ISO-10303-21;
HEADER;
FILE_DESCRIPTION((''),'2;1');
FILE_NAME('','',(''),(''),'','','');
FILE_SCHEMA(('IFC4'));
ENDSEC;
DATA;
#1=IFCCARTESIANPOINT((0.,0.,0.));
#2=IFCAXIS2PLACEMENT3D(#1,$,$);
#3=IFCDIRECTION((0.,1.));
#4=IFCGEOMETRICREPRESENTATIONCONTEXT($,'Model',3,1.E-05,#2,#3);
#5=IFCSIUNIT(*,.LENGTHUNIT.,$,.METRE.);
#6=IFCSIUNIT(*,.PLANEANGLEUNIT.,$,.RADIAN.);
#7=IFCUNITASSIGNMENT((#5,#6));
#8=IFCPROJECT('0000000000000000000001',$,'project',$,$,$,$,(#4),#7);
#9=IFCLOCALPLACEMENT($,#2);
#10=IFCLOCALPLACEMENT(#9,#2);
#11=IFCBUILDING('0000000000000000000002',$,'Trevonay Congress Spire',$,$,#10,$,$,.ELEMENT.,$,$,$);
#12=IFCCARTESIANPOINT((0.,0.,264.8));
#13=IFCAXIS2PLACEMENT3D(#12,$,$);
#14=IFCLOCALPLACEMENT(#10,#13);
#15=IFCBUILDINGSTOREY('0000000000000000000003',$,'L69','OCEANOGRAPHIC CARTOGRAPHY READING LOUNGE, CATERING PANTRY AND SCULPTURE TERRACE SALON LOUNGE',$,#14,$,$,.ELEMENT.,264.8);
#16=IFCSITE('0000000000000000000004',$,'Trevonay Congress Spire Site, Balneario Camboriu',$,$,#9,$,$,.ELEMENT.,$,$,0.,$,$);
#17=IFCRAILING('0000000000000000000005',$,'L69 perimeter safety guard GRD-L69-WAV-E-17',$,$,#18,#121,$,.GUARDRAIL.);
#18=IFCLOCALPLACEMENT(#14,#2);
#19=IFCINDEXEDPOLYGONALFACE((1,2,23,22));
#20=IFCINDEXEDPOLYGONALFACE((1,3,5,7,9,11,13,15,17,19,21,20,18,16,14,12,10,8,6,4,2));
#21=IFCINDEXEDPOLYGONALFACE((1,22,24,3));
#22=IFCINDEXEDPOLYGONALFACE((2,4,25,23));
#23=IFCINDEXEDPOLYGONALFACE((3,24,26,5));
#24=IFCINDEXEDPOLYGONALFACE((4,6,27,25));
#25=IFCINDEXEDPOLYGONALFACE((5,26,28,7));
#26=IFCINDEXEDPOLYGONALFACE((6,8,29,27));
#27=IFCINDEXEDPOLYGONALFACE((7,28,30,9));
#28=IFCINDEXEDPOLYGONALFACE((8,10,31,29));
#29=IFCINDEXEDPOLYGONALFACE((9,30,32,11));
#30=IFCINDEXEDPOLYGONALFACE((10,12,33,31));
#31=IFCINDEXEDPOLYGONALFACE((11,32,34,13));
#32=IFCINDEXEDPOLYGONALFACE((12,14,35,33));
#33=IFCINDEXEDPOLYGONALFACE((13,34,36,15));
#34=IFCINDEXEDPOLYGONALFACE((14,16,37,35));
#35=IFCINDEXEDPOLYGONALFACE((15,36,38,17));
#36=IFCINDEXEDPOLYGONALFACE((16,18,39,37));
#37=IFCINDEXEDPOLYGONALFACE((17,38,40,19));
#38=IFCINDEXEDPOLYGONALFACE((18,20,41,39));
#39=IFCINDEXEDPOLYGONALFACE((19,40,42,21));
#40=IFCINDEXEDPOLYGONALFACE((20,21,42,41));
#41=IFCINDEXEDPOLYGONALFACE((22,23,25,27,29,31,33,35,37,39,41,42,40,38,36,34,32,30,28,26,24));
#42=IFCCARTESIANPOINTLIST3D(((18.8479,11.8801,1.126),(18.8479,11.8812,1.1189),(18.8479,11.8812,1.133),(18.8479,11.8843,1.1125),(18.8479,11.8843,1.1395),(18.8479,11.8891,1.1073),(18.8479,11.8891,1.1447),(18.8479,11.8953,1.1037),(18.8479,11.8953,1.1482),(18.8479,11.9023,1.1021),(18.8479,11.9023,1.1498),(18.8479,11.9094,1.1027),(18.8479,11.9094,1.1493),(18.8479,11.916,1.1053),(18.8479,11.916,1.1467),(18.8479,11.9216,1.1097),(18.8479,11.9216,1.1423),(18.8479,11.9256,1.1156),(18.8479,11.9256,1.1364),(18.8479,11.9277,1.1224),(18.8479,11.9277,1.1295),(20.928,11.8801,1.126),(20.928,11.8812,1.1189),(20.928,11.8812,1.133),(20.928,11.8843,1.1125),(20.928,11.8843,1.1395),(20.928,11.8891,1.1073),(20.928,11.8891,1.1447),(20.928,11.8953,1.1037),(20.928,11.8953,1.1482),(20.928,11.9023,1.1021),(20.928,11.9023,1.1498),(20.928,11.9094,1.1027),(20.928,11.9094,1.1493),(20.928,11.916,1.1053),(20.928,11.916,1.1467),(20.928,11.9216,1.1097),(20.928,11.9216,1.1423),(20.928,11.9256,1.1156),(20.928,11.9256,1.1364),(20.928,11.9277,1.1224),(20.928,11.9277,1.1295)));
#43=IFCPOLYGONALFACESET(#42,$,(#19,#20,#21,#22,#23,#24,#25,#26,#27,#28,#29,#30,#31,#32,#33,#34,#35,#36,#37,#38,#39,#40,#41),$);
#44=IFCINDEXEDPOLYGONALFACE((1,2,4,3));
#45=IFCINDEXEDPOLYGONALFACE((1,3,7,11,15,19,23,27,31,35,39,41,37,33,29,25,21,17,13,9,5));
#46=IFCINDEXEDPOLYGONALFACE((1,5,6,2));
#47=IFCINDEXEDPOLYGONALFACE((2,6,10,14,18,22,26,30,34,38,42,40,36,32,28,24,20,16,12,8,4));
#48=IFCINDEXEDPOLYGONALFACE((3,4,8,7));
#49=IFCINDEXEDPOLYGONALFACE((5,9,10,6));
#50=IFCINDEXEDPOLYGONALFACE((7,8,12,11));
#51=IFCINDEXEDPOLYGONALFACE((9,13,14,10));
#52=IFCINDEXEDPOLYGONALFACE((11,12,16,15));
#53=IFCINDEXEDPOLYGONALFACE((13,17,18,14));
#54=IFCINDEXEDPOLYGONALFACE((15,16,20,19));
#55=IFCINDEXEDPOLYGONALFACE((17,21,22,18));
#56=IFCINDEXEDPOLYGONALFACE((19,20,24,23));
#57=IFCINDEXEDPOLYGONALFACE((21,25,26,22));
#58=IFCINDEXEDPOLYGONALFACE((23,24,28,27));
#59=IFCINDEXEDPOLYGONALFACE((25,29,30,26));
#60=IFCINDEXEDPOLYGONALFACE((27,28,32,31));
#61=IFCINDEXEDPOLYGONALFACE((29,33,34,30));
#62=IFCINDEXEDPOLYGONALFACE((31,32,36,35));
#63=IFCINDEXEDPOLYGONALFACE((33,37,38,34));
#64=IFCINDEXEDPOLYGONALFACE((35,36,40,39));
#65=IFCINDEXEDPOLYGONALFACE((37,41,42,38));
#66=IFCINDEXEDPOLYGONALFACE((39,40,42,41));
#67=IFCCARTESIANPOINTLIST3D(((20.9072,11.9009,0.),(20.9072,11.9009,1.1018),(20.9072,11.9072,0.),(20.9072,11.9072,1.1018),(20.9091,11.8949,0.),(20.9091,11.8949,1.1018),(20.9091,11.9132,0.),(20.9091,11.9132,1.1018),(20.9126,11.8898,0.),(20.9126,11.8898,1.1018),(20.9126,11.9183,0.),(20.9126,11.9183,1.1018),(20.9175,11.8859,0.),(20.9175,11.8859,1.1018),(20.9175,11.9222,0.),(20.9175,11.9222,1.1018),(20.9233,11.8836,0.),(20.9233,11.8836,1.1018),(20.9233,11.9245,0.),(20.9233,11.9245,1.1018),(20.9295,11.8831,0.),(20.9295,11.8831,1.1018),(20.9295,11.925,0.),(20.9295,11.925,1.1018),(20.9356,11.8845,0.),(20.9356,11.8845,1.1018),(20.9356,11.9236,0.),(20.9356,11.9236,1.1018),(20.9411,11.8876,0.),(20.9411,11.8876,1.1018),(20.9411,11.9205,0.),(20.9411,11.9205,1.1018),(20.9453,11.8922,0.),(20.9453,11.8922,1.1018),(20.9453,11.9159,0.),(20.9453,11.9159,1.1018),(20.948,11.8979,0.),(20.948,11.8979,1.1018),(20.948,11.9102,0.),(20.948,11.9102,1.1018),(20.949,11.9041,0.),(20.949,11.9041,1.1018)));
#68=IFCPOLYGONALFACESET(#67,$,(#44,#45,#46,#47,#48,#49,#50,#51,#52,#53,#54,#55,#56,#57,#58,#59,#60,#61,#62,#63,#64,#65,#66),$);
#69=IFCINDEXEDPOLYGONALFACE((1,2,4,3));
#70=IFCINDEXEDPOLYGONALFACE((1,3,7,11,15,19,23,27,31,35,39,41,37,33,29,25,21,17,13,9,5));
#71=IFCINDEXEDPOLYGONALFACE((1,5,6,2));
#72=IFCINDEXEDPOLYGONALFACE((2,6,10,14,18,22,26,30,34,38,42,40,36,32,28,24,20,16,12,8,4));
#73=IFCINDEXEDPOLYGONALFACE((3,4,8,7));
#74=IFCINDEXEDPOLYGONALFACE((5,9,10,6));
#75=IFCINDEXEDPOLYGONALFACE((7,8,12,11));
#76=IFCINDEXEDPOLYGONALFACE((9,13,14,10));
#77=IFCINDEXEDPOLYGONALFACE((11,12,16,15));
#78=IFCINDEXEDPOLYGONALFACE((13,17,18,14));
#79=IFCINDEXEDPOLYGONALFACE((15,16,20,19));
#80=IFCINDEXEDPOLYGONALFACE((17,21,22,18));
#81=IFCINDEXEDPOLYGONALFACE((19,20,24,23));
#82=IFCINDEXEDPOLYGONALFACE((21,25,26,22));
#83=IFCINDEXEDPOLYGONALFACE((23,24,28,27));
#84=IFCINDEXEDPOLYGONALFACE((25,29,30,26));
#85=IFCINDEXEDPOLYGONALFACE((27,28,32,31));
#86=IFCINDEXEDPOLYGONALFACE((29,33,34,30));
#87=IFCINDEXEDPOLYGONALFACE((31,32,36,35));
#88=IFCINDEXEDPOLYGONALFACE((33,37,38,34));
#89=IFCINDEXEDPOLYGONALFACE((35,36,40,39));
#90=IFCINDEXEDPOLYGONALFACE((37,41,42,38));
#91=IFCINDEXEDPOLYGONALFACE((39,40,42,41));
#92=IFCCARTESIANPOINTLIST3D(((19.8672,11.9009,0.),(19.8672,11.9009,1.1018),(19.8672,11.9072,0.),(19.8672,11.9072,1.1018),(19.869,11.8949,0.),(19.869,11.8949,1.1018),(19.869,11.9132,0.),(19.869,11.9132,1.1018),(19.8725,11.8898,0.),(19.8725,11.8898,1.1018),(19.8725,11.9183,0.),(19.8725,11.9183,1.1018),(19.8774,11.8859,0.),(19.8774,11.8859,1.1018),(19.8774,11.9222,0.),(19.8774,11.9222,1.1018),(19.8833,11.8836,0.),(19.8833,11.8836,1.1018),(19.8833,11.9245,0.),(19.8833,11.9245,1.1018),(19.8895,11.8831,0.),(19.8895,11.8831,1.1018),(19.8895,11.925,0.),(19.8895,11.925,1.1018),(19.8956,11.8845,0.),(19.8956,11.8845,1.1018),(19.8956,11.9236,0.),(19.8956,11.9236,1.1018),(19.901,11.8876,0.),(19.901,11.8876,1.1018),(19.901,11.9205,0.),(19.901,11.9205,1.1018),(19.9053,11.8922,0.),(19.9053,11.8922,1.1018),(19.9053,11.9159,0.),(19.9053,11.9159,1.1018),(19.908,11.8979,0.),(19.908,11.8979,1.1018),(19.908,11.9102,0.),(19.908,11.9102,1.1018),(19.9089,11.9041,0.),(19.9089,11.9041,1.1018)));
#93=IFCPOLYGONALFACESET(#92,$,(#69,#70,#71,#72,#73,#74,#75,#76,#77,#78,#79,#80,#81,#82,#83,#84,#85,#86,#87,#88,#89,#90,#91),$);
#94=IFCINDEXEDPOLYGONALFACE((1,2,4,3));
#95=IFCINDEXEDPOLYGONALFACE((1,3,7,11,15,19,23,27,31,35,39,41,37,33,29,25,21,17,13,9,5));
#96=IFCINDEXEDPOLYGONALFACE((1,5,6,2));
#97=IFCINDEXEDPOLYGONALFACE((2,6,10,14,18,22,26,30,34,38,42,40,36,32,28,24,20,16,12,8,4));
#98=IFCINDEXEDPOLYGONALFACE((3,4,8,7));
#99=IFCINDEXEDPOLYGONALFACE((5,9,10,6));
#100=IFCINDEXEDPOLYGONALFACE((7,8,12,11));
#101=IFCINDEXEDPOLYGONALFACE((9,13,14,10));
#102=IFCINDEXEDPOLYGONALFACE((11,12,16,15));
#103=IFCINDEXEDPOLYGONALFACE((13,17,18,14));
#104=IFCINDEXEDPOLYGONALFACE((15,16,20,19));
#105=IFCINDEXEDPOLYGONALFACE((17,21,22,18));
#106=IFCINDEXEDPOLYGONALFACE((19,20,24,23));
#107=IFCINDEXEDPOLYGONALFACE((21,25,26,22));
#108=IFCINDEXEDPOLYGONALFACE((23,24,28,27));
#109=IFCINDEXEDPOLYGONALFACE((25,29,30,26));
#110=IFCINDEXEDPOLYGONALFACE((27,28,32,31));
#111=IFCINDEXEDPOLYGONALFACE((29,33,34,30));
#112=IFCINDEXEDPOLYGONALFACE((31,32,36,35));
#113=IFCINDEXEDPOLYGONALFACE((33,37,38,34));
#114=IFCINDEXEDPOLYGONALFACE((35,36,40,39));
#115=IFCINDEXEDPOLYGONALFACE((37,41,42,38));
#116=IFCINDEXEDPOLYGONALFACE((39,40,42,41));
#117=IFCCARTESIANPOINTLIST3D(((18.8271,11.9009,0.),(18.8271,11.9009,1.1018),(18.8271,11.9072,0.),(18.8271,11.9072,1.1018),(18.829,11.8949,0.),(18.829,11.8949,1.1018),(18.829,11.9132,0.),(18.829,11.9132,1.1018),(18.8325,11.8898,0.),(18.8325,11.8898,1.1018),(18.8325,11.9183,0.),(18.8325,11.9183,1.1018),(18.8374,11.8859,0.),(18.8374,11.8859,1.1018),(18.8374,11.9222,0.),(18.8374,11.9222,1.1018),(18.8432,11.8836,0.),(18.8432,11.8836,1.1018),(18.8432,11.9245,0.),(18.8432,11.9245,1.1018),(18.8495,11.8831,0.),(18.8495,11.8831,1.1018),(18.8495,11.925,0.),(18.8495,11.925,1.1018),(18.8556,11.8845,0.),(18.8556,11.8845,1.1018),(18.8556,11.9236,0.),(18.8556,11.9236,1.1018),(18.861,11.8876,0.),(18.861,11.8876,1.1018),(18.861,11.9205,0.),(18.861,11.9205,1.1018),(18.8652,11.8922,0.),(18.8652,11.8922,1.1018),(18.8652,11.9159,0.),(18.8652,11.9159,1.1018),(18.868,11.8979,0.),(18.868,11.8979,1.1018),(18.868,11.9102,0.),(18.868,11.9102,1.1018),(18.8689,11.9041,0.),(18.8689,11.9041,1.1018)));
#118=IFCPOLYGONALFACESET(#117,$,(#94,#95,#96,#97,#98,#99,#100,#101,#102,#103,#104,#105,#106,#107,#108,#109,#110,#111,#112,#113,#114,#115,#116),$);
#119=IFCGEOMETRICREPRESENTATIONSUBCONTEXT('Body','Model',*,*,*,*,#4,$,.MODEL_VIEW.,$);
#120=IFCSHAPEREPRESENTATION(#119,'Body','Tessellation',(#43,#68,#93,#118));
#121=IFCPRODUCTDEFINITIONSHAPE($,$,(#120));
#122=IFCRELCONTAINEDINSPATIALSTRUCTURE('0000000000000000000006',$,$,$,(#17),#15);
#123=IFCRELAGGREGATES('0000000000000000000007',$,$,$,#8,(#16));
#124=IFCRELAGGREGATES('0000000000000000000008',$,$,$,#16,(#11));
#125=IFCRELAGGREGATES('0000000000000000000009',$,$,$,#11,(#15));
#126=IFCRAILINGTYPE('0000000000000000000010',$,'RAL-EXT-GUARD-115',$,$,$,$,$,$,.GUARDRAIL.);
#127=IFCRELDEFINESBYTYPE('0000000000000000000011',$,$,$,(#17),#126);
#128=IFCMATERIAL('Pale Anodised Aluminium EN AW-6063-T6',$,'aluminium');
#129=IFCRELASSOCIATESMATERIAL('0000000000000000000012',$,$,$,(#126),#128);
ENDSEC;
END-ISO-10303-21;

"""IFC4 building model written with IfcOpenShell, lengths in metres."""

from ifc_helpers import new_model, si_unit, direction, frame, origin, origin_2d, place, context, subcontext, project, spatial, circle, extrude, material, type_object, element, save


model = new_model("IFC4")

# Units and contexts
model_context = context("Model", 3, precision=1e-05, world=origin(), true_north=direction((0.0, 1.0)))
body_context = subcontext(model_context, "Body", "Model", "MODEL_VIEW")
ifc_project = project(units=[si_unit("LENGTHUNIT", "METRE"), si_unit("PLANEANGLEUNIT", "RADIAN")], contexts=[model_context])

# Site, building, storey
site_placement = place(None, origin())
site = spatial("IfcSite", under=ifc_project, at=site_placement, Name="Trevonay Congress Spire Site, Balneario Camboriu", CompositionType="ELEMENT", RefElevation=0.0)
building_placement = place(site_placement, origin())
building = spatial("IfcBuilding", under=site, at=building_placement, Name="Trevonay Congress Spire", CompositionType="ELEMENT")
storey_placement = place(building_placement, frame((0.0, 0.0, 264.8)))
storey = spatial("IfcBuildingStorey", under=building, at=storey_placement, Name="L69", Description="OCEANOGRAPHIC CARTOGRAPHY READING LOUNGE, CATERING PANTRY AND SCULPTURE TERRACE SALON LOUNGE", CompositionType="ELEMENT", Elevation=264.8)

# Shared definitions
ifc_material_1 = material(Name="Pale Anodised Aluminium EN AW-6063-T6", Category="aluminium")

# Railing
railing_type = type_object("IfcRailingType", Name="RAL-EXT-GUARD-115", PredefinedType="GUARDRAIL", material=ifc_material_1)
railing_1_placement = place(storey_placement, frame((20.928, 11.9041, 0.0)))
element("IfcRailing", 1, at=railing_1_placement, inside=storey, type_object=railing_type, Name="L69 perimeter safety guard GRD-L69-WAV-E-17", PredefinedType="GUARDRAIL", context=body_context, shape_type="SweptSolid", body=[
    extrude(circle(Radius=0.0239, at=origin_2d()), frame((0.0, 0.0, 1.126), z_axis=(-1.0, 0.0, 0.0), x_axis=(0.0, -1.0, 0.0)), (0.0, 0.0, 1.0), 2.0801),
    extrude(circle(Radius=0.021, at=origin_2d()), origin(), (0.0, 0.0, 1.0), 1.1018),
    extrude(circle(Radius=0.021, at=origin_2d()), frame((-1.04, 0.0, 0.0)), (0.0, 0.0, 1.0), 1.1018),
    extrude(circle(Radius=0.021, at=origin_2d()), frame((-2.0801, 0.0, 0.0)), (0.0, 0.0, 1.0), 1.1018),
])

save(model, "model.ifc")
